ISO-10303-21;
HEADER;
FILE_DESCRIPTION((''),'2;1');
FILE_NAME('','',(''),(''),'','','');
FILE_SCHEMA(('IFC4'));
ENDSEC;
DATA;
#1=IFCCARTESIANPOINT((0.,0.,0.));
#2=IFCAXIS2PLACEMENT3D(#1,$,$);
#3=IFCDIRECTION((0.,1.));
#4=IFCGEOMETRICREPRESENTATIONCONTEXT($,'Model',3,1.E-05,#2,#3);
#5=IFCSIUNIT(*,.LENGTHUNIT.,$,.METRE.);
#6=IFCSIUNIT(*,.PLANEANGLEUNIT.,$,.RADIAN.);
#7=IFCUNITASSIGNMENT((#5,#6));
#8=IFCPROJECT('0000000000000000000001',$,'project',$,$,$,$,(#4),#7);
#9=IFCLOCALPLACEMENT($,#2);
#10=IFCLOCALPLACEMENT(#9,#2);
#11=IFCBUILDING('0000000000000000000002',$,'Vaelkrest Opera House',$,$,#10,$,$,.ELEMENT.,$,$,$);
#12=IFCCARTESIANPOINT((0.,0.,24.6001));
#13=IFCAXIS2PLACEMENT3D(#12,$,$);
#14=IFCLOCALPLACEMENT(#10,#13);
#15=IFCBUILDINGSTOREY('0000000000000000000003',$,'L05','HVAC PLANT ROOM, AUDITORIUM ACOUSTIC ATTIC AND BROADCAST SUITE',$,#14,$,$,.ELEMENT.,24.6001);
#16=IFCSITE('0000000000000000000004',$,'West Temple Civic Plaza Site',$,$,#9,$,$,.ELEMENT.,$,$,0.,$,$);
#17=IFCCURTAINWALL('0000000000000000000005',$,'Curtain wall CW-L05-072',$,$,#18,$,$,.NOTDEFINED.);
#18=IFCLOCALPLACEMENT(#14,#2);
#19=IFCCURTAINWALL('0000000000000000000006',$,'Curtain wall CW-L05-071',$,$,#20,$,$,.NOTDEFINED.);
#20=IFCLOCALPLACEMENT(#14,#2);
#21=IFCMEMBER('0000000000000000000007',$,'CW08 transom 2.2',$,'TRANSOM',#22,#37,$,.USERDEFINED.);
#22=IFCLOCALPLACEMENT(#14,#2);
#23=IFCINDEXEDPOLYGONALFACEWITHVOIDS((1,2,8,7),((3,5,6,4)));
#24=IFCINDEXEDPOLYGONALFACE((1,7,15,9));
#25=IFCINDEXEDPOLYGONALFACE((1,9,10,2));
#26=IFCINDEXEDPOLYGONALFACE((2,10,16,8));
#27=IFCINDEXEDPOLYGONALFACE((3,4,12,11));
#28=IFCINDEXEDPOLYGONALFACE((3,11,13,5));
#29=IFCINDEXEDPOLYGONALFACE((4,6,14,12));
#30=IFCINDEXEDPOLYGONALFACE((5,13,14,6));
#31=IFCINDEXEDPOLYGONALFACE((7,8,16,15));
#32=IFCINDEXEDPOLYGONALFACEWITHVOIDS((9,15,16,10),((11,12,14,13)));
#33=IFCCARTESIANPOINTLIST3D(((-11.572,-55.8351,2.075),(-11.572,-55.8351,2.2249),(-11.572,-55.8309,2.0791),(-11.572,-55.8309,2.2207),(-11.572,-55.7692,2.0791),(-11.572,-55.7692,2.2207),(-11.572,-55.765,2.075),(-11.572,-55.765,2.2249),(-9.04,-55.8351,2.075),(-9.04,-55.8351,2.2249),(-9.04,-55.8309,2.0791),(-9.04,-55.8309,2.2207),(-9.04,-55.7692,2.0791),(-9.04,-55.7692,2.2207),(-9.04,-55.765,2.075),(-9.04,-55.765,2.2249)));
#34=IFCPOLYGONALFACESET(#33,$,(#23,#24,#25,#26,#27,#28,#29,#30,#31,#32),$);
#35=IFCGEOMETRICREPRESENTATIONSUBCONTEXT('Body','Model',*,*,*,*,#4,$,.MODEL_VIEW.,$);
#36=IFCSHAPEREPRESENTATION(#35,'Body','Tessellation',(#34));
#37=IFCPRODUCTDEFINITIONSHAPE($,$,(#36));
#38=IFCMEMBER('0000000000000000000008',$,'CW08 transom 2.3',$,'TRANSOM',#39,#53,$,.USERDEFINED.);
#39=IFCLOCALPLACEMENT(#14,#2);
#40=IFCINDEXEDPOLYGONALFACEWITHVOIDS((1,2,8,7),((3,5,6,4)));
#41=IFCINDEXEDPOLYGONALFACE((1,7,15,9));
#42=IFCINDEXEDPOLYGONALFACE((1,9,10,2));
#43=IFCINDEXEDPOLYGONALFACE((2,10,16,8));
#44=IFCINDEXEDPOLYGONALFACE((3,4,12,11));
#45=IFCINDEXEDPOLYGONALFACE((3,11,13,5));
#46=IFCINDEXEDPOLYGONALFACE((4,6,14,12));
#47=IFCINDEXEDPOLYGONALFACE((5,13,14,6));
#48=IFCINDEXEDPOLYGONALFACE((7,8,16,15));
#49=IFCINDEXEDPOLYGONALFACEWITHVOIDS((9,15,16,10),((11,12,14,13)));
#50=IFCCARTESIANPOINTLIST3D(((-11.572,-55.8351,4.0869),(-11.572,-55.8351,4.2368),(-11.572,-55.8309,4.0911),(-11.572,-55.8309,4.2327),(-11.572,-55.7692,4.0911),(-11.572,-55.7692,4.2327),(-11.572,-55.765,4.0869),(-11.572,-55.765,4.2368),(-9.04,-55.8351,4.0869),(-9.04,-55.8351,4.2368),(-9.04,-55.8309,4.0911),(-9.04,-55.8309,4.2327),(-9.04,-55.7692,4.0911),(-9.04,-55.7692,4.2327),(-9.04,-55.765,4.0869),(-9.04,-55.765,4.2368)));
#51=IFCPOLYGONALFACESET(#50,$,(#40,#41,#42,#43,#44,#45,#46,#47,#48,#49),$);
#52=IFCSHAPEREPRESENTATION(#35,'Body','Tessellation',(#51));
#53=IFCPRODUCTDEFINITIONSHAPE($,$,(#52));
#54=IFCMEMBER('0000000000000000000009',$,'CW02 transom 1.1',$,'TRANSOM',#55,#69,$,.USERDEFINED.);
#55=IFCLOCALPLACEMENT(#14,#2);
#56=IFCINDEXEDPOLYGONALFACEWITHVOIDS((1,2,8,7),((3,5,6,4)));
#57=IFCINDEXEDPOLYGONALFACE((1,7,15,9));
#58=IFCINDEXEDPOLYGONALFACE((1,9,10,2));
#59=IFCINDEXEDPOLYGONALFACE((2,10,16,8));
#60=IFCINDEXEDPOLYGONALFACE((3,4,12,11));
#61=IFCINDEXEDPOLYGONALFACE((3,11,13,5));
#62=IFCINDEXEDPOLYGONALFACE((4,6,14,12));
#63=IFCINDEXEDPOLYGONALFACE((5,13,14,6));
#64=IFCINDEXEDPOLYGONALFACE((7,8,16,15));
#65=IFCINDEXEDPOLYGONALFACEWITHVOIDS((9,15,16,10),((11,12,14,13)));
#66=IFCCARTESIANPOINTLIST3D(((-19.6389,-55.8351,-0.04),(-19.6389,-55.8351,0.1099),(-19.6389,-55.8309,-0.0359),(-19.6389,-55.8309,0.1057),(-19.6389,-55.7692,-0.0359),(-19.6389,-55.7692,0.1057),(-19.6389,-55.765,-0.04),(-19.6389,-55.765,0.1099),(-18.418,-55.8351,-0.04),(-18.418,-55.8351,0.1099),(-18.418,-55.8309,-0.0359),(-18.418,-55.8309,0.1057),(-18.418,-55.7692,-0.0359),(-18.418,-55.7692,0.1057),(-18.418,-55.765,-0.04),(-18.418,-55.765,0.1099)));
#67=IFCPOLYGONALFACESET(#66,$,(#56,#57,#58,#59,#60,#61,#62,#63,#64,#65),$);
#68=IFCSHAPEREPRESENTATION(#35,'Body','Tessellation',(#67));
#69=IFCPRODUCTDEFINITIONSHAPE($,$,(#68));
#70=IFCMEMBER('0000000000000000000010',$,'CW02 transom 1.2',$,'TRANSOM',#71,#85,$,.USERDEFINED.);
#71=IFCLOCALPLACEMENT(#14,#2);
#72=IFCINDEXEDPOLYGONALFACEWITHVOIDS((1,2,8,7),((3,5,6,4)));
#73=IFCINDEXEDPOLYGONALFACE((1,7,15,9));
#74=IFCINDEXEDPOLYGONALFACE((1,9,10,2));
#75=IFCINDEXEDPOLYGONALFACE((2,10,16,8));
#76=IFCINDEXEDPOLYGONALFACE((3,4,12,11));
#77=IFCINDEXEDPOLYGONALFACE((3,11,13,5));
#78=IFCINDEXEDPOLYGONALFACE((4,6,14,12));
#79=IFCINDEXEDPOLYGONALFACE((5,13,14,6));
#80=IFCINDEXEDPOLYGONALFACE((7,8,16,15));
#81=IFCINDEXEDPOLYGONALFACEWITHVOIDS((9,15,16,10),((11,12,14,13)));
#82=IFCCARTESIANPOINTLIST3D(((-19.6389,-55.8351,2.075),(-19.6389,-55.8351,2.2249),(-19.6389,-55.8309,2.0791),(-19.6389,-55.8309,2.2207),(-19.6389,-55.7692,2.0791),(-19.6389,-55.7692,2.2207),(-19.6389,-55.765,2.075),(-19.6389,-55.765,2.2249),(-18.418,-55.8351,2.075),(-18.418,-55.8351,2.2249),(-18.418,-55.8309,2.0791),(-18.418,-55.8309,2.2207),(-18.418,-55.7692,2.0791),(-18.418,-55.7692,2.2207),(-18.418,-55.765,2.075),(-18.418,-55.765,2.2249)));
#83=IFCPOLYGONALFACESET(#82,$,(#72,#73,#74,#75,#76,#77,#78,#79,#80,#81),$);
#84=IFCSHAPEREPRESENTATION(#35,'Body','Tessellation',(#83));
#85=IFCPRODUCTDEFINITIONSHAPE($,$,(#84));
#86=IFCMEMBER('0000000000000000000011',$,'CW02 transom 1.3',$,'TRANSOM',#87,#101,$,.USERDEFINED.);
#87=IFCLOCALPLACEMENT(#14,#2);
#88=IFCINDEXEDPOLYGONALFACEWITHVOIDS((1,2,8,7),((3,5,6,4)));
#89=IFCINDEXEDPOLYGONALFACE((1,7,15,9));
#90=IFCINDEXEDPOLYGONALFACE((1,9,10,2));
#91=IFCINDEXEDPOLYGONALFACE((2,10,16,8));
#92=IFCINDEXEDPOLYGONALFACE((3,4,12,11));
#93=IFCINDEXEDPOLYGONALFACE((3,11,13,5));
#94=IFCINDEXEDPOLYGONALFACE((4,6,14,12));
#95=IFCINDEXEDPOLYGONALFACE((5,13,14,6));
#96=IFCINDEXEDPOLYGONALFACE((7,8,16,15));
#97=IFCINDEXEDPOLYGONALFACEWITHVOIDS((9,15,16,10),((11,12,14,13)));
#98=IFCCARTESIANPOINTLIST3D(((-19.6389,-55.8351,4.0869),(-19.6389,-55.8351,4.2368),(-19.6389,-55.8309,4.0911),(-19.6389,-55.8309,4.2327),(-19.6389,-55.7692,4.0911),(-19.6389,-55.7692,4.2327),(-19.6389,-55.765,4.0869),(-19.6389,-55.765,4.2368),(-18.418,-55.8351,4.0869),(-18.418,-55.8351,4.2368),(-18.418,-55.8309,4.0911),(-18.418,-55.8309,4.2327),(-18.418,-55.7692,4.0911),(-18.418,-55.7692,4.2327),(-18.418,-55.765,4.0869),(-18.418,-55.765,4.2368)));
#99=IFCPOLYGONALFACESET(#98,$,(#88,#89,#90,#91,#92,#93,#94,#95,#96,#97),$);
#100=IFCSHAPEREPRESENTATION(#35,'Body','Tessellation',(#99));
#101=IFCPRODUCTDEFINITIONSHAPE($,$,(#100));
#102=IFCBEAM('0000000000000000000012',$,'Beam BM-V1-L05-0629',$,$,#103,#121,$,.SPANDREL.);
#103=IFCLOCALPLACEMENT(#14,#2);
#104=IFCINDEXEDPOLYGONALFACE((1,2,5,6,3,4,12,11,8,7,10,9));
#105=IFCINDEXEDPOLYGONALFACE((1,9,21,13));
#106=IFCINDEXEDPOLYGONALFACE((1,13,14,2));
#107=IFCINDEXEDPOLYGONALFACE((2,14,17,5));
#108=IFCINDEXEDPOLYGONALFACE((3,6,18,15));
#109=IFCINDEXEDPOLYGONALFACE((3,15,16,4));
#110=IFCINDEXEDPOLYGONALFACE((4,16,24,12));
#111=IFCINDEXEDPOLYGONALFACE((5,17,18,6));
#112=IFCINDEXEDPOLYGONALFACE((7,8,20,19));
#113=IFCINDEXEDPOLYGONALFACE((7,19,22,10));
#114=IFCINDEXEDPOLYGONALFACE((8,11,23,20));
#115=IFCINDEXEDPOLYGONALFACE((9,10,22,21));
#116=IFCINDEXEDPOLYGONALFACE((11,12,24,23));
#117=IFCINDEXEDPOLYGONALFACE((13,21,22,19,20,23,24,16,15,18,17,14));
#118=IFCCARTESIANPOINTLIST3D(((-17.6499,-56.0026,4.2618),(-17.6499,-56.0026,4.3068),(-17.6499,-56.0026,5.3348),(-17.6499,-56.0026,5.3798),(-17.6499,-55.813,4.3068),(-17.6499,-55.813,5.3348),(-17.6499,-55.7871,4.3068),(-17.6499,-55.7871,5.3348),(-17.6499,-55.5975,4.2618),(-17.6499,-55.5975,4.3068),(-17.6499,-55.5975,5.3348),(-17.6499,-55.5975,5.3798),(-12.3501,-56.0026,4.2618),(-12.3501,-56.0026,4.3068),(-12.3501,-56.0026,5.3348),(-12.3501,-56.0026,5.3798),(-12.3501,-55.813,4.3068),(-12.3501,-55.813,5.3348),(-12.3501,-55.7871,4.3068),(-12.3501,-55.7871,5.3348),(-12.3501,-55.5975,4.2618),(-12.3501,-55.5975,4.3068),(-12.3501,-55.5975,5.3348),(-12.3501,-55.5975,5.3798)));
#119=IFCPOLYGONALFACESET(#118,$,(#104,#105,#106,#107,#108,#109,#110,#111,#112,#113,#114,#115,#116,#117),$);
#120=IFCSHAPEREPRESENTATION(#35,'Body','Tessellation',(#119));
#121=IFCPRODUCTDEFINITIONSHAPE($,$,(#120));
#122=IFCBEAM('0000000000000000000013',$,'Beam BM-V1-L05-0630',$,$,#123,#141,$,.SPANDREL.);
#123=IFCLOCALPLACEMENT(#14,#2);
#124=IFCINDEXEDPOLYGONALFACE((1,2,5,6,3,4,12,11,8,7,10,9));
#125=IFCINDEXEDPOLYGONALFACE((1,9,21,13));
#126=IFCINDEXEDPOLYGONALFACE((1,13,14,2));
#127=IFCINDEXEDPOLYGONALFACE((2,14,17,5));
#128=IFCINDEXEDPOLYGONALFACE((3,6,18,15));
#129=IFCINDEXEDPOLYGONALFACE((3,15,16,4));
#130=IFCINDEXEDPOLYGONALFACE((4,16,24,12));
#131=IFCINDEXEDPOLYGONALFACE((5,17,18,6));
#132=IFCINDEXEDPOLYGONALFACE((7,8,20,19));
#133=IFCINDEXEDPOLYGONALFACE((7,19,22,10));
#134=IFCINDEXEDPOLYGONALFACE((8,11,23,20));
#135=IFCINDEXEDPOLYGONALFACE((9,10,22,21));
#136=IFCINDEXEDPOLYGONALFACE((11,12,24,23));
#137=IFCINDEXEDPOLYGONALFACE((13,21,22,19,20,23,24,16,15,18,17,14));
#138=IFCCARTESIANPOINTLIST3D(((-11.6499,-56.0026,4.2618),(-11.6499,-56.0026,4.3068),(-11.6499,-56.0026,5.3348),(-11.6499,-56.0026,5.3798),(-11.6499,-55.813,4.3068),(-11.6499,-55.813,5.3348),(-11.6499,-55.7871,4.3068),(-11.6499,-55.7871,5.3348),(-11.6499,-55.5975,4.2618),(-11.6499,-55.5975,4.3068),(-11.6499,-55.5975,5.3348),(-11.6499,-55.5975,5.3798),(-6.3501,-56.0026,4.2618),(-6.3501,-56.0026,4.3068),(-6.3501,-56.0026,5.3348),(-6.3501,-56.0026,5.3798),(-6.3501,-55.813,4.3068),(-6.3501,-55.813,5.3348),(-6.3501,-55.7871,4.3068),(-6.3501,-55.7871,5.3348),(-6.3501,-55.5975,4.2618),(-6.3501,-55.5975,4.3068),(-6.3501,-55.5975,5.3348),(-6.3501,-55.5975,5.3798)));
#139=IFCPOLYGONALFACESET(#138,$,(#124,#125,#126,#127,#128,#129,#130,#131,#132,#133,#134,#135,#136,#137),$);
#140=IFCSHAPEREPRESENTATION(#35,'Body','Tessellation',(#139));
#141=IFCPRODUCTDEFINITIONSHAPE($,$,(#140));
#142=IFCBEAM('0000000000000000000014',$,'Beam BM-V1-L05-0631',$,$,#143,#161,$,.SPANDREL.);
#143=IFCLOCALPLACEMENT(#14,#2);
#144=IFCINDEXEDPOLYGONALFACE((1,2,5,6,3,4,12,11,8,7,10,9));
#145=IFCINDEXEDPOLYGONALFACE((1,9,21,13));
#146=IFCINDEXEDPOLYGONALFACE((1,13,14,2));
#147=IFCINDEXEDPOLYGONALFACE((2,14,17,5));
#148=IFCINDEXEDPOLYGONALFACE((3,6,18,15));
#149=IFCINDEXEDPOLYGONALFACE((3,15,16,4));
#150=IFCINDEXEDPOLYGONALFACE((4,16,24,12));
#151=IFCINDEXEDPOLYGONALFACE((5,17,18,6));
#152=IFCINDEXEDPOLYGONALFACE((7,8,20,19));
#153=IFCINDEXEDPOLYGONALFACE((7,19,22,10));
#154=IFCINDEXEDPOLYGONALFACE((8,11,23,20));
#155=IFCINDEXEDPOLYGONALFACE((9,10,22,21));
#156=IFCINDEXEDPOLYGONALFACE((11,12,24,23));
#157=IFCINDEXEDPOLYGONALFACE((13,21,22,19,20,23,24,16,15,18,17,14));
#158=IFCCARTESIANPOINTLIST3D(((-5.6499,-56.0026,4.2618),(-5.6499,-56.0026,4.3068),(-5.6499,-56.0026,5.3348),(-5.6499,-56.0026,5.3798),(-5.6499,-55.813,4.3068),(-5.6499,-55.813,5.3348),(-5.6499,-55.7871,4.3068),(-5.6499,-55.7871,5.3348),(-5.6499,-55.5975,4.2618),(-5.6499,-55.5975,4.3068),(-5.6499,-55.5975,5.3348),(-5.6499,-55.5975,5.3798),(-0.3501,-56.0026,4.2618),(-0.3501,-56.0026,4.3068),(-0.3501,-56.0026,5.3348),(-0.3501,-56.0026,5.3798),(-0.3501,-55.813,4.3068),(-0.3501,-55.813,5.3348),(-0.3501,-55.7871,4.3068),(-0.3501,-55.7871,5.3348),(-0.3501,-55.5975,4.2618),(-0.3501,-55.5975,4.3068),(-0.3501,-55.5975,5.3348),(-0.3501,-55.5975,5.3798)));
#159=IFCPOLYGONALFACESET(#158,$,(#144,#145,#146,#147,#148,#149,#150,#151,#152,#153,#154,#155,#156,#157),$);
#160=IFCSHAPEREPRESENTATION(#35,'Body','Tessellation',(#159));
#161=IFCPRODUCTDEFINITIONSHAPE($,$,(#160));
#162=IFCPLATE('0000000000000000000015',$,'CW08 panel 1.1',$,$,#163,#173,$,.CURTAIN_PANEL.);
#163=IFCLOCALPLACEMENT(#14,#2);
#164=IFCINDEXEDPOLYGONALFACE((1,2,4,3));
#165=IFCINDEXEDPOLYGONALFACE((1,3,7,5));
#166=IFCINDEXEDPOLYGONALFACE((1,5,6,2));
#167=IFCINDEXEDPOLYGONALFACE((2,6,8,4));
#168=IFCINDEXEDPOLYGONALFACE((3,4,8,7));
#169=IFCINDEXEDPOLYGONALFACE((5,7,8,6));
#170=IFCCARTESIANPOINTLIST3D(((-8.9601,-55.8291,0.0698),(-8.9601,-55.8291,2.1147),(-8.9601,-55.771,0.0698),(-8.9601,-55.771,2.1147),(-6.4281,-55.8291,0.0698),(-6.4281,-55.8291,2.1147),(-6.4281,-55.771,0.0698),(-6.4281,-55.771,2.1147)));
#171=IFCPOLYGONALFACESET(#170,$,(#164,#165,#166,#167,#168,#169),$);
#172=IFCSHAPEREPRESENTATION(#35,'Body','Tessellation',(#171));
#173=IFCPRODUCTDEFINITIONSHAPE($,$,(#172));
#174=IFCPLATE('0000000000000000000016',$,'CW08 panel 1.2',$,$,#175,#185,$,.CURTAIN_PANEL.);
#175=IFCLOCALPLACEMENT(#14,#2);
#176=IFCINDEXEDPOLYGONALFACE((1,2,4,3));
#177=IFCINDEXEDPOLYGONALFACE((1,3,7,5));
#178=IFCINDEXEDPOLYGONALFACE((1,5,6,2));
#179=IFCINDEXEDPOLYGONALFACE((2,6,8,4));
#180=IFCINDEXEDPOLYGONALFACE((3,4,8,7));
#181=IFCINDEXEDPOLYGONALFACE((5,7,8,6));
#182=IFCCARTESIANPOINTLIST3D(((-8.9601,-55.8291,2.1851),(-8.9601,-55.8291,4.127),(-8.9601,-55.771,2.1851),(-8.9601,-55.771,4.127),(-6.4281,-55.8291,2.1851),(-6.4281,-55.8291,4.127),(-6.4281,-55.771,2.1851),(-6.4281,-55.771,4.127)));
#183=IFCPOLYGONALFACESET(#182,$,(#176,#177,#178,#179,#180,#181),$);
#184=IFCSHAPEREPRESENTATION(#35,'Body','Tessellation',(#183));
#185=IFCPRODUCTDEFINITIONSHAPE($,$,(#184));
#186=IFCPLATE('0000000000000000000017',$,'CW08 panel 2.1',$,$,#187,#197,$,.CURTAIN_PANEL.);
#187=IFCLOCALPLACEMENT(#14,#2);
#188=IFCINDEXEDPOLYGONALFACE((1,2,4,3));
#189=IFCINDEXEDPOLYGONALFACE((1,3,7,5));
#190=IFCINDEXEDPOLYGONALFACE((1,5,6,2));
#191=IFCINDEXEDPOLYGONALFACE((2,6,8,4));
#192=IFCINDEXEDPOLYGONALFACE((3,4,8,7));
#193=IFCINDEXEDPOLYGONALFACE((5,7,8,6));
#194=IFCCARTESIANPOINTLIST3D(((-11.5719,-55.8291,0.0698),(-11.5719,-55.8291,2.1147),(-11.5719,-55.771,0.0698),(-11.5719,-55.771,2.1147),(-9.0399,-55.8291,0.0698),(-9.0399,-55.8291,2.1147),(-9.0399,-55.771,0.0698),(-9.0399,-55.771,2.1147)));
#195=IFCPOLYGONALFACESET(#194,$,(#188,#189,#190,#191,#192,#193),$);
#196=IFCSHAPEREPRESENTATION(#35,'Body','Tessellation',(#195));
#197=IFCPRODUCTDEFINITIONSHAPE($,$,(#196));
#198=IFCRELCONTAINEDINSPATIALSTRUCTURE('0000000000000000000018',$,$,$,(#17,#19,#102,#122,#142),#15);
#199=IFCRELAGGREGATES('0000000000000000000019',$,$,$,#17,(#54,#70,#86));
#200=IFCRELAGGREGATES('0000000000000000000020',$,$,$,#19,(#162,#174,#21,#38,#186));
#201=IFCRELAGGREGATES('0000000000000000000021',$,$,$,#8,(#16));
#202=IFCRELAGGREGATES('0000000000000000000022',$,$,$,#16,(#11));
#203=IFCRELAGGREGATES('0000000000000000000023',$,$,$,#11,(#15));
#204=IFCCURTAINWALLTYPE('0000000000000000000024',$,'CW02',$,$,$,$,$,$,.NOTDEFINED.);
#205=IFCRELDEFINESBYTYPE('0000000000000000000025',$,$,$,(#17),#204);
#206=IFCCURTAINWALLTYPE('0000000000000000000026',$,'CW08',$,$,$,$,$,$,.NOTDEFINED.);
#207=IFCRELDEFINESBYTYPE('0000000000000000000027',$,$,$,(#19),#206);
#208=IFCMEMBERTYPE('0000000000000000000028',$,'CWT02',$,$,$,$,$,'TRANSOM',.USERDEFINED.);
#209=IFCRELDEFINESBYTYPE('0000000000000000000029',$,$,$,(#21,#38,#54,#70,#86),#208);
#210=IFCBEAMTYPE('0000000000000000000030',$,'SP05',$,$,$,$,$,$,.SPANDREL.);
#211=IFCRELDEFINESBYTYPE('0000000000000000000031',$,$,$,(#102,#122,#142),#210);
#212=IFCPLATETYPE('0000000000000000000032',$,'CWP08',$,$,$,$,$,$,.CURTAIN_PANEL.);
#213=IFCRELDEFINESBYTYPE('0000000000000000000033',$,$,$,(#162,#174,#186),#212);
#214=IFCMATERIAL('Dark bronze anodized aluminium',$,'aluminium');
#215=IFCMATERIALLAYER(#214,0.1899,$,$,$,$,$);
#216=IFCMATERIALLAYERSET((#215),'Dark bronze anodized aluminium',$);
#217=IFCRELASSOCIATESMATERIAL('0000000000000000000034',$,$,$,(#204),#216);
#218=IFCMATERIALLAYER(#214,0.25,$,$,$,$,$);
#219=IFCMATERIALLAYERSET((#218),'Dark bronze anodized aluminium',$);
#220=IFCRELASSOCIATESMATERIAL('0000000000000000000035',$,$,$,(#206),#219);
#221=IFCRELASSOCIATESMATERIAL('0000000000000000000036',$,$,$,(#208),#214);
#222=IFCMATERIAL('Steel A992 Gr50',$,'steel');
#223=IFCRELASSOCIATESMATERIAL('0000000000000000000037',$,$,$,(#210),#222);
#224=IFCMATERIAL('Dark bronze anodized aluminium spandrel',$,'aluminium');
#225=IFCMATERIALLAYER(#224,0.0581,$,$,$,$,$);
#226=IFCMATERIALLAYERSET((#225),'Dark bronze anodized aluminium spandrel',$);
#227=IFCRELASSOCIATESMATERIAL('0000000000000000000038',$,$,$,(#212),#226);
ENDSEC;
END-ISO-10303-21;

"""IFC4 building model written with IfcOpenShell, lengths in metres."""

from ifc_helpers import new_model, si_unit, direction, frame, origin, origin_2d, place, context, subcontext, project, spatial, rectangle, hollow_rectangle, i_section, extrude, material, layer, layer_set, material_profile, profile_set, type_object, element, aggregate, save


model = new_model("IFC4")

# Units and contexts
model_context = context("Model", 3, precision=1e-05, world=origin(), true_north=direction((0.0, 1.0)))
body_context = subcontext(model_context, "Body", "Model", "MODEL_VIEW")
ifc_project = project(units=[si_unit("LENGTHUNIT", "METRE"), si_unit("PLANEANGLEUNIT", "RADIAN")], contexts=[model_context])

# Site, building, storey
site_placement = place(None, origin())
site = spatial("IfcSite", under=ifc_project, at=site_placement, Name="West Temple Civic Plaza Site", CompositionType="ELEMENT", RefElevation=0.0)
building_placement = place(site_placement, origin())
building = spatial("IfcBuilding", under=site, at=building_placement, Name="Vaelkrest Opera House", CompositionType="ELEMENT")
storey_placement = place(building_placement, frame((0.0, 0.0, 24.6001)))
storey = spatial("IfcBuildingStorey", under=building, at=storey_placement, Name="L05", Description="HVAC PLANT ROOM, AUDITORIUM ACOUSTIC ATTIC AND BROADCAST SUITE", CompositionType="ELEMENT", Elevation=24.6001)

# Curtain wall
ifc_material_1 = material(Name="Dark bronze anodized aluminium", Category="aluminium")
ifc_layer_1 = layer(ifc_material_1, 0.1899)
ifc_layer_set_1 = layer_set([ifc_layer_1], Name="Dark bronze anodized aluminium")
curtain_wall_type_1 = type_object("IfcCurtainWallType", Name="CW02", PredefinedType="NOTDEFINED", material=ifc_layer_set_1)
curtain_wall_1_placement = place(storey_placement, origin())
curtain_wall_1 = element("IfcCurtainWall", 1, at=curtain_wall_1_placement, inside=storey, type_object=curtain_wall_type_1, Name="Curtain wall CW-L05-072", PredefinedType="NOTDEFINED")

# Curtain wall, members
ifc_layer_2 = layer(ifc_material_1, 0.25)
ifc_layer_set_2 = layer_set([ifc_layer_2], Name="Dark bronze anodized aluminium")
curtain_wall_type_2 = type_object("IfcCurtainWallType", Name="CW08", PredefinedType="NOTDEFINED", material=ifc_layer_set_2)
curtain_wall_2_placement = place(storey_placement, origin())
curtain_wall_2 = element("IfcCurtainWall", 2, at=curtain_wall_2_placement, inside=storey, type_object=curtain_wall_type_2, Name="Curtain wall CW-L05-071", PredefinedType="NOTDEFINED")
ifc_material_profile_1 = material_profile(ifc_material_1, hollow_rectangle(XDim=0.0701, YDim=0.1499, WallThickness=0.0042, at=origin_2d()), Name="CWT70X150")
ifc_profile_set_1 = profile_set([ifc_material_profile_1], Name="Dark bronze anodized aluminium")
member_type_1 = type_object("IfcMemberType", Name="CWT02", ElementType="TRANSOM", PredefinedType="USERDEFINED", material=ifc_profile_set_1)
member_1_placement = place(storey_placement, frame((-9.04, -55.8, 2.1499), z_axis=(-1.0, 0.0, 0.0), x_axis=(0.0, -1.0, 0.0)))
member_1 = element("IfcMember", 3, at=member_1_placement, type_object=member_type_1, Name="CW08 transom 2.2", ObjectType="TRANSOM", PredefinedType="USERDEFINED", context=body_context, shape_type="SweptSolid", body=[
    extrude(hollow_rectangle(XDim=0.0701, YDim=0.1499, WallThickness=0.0042, at=origin_2d()), origin(), (0.0, 0.0, 1.0), 2.532),
])
member_2_placement = place(storey_placement, frame((-9.04, -55.8, 4.1619), z_axis=(-1.0, 0.0, 0.0), x_axis=(0.0, -1.0, 0.0)))
member_2 = element("IfcMember", 4, at=member_2_placement, type_object=member_type_1, Name="CW08 transom 2.3", ObjectType="TRANSOM", PredefinedType="USERDEFINED", context=body_context, shape_type="SweptSolid", body=[
    extrude(hollow_rectangle(XDim=0.0701, YDim=0.1499, WallThickness=0.0042, at=origin_2d()), origin(), (0.0, 0.0, 1.0), 2.532),
])

# Members
member_3_placement = place(storey_placement, frame((-18.418, -55.8, 0.0349), z_axis=(-1.0, 0.0, 0.0), x_axis=(0.0, -1.0, 0.0)))
member_3 = element("IfcMember", 5, at=member_3_placement, type_object=member_type_1, Name="CW02 transom 1.1", ObjectType="TRANSOM", PredefinedType="USERDEFINED", context=body_context, shape_type="SweptSolid", body=[
    extrude(hollow_rectangle(XDim=0.0701, YDim=0.1499, WallThickness=0.0042, at=origin_2d()), origin(), (0.0, 0.0, 1.0), 1.2209),
])
member_4_placement = place(storey_placement, frame((-18.418, -55.8, 2.1499), z_axis=(-1.0, 0.0, 0.0), x_axis=(0.0, -1.0, 0.0)))
member_4 = element("IfcMember", 6, at=member_4_placement, type_object=member_type_1, Name="CW02 transom 1.2", ObjectType="TRANSOM", PredefinedType="USERDEFINED", context=body_context, shape_type="SweptSolid", body=[
    extrude(hollow_rectangle(XDim=0.0701, YDim=0.1499, WallThickness=0.0042, at=origin_2d()), origin(), (0.0, 0.0, 1.0), 1.2209),
])
member_5_placement = place(storey_placement, frame((-18.418, -55.8, 4.1619), z_axis=(-1.0, 0.0, 0.0), x_axis=(0.0, -1.0, 0.0)))
member_5 = element("IfcMember", 7, at=member_5_placement, type_object=member_type_1, Name="CW02 transom 1.3", ObjectType="TRANSOM", PredefinedType="USERDEFINED", context=body_context, shape_type="SweptSolid", body=[
    extrude(hollow_rectangle(XDim=0.0701, YDim=0.1499, WallThickness=0.0042, at=origin_2d()), origin(), (0.0, 0.0, 1.0), 1.2209),
])
aggregate(curtain_wall_1, [member_3, member_4, member_5])

# Beams
ifc_material_2 = material(Name="Steel A992 Gr50", Category="steel")
ifc_material_profile_2 = material_profile(ifc_material_2, i_section(OverallWidth=0.405, OverallDepth=1.1179, WebThickness=0.0259, FlangeThickness=0.0449, at=origin_2d()), Name="W44X335")
ifc_profile_set_2 = profile_set([ifc_material_profile_2], Name="Steel A992 Gr50")
beam_type = type_object("IfcBeamType", Name="SP05", PredefinedType="SPANDREL", material=ifc_profile_set_2)
for number, where, z_axis, x_axis, name in (
    (8, (-17.6499, -55.8, 4.8208), (1.0, 0.0, 0.0), (0.0, 1.0, 0.0), "Beam BM-V1-L05-0629"),
    (9, (-11.6499, -55.8, 4.8208), (1.0, 0.0, 0.0), (0.0, 1.0, 0.0), "Beam BM-V1-L05-0630"),
    (10, (-5.6499, -55.8, 4.8208), (1.0, 0.0, 0.0), (0.0, 1.0, 0.0), "Beam BM-V1-L05-0631"),
):
    element("IfcBeam", number, at=place(storey_placement, frame(where, z_axis=z_axis, x_axis=x_axis)), inside=storey, type_object=beam_type, Name=name, PredefinedType="SPANDREL", context=body_context, shape_type="SweptSolid", body=[
        extrude(i_section(OverallWidth=0.405, OverallDepth=1.1179, WebThickness=0.0259, FlangeThickness=0.0449, at=origin_2d()), origin(), (0.0, 0.0, 1.0), 5.2998),
    ])

# Plates
ifc_material_3 = material(Name="Dark bronze anodized aluminium spandrel", Category="aluminium")
ifc_layer_3 = layer(ifc_material_3, 0.0581)
ifc_layer_set_3 = layer_set([ifc_layer_3], Name="Dark bronze anodized aluminium spandrel")
plate_type = type_object("IfcPlateType", Name="CWP08", PredefinedType="CURTAIN_PANEL", material=ifc_layer_set_3)
plate_1_placement = place(storey_placement, frame((-7.6941, -55.8, 0.0698), z_axis=(0.0, 0.0, 1.0), x_axis=(-1.0, 0.0, 0.0)))
plate_1 = element("IfcPlate", 11, at=plate_1_placement, type_object=plate_type, Name="CW08 panel 1.1", PredefinedType="CURTAIN_PANEL", context=body_context, shape_type="SweptSolid", body=[
    extrude(rectangle(XDim=2.532, YDim=0.0581, at=origin_2d()), origin(), (0.0, 0.0, 1.0), 2.0449),
])
plate_2_placement = place(storey_placement, frame((-7.6941, -55.8, 2.1851), z_axis=(0.0, 0.0, 1.0), x_axis=(-1.0, 0.0, 0.0)))
plate_2 = element("IfcPlate", 12, at=plate_2_placement, type_object=plate_type, Name="CW08 panel 1.2", PredefinedType="CURTAIN_PANEL", context=body_context, shape_type="SweptSolid", body=[
    extrude(rectangle(XDim=2.532, YDim=0.0581, at=origin_2d()), origin(), (0.0, 0.0, 1.0), 1.9419),
])
plate_3_placement = place(storey_placement, frame((-10.3059, -55.8, 0.0698), z_axis=(0.0, 0.0, 1.0), x_axis=(-1.0, 0.0, 0.0)))
plate_3 = element("IfcPlate", 13, at=plate_3_placement, type_object=plate_type, Name="CW08 panel 2.1", PredefinedType="CURTAIN_PANEL", context=body_context, shape_type="SweptSolid", body=[
    extrude(rectangle(XDim=2.532, YDim=0.0581, at=origin_2d()), origin(), (0.0, 0.0, 1.0), 2.0449),
])
aggregate(curtain_wall_2, [plate_1, plate_2, member_1, member_2, plate_3])

save(model, "model.ifc")
